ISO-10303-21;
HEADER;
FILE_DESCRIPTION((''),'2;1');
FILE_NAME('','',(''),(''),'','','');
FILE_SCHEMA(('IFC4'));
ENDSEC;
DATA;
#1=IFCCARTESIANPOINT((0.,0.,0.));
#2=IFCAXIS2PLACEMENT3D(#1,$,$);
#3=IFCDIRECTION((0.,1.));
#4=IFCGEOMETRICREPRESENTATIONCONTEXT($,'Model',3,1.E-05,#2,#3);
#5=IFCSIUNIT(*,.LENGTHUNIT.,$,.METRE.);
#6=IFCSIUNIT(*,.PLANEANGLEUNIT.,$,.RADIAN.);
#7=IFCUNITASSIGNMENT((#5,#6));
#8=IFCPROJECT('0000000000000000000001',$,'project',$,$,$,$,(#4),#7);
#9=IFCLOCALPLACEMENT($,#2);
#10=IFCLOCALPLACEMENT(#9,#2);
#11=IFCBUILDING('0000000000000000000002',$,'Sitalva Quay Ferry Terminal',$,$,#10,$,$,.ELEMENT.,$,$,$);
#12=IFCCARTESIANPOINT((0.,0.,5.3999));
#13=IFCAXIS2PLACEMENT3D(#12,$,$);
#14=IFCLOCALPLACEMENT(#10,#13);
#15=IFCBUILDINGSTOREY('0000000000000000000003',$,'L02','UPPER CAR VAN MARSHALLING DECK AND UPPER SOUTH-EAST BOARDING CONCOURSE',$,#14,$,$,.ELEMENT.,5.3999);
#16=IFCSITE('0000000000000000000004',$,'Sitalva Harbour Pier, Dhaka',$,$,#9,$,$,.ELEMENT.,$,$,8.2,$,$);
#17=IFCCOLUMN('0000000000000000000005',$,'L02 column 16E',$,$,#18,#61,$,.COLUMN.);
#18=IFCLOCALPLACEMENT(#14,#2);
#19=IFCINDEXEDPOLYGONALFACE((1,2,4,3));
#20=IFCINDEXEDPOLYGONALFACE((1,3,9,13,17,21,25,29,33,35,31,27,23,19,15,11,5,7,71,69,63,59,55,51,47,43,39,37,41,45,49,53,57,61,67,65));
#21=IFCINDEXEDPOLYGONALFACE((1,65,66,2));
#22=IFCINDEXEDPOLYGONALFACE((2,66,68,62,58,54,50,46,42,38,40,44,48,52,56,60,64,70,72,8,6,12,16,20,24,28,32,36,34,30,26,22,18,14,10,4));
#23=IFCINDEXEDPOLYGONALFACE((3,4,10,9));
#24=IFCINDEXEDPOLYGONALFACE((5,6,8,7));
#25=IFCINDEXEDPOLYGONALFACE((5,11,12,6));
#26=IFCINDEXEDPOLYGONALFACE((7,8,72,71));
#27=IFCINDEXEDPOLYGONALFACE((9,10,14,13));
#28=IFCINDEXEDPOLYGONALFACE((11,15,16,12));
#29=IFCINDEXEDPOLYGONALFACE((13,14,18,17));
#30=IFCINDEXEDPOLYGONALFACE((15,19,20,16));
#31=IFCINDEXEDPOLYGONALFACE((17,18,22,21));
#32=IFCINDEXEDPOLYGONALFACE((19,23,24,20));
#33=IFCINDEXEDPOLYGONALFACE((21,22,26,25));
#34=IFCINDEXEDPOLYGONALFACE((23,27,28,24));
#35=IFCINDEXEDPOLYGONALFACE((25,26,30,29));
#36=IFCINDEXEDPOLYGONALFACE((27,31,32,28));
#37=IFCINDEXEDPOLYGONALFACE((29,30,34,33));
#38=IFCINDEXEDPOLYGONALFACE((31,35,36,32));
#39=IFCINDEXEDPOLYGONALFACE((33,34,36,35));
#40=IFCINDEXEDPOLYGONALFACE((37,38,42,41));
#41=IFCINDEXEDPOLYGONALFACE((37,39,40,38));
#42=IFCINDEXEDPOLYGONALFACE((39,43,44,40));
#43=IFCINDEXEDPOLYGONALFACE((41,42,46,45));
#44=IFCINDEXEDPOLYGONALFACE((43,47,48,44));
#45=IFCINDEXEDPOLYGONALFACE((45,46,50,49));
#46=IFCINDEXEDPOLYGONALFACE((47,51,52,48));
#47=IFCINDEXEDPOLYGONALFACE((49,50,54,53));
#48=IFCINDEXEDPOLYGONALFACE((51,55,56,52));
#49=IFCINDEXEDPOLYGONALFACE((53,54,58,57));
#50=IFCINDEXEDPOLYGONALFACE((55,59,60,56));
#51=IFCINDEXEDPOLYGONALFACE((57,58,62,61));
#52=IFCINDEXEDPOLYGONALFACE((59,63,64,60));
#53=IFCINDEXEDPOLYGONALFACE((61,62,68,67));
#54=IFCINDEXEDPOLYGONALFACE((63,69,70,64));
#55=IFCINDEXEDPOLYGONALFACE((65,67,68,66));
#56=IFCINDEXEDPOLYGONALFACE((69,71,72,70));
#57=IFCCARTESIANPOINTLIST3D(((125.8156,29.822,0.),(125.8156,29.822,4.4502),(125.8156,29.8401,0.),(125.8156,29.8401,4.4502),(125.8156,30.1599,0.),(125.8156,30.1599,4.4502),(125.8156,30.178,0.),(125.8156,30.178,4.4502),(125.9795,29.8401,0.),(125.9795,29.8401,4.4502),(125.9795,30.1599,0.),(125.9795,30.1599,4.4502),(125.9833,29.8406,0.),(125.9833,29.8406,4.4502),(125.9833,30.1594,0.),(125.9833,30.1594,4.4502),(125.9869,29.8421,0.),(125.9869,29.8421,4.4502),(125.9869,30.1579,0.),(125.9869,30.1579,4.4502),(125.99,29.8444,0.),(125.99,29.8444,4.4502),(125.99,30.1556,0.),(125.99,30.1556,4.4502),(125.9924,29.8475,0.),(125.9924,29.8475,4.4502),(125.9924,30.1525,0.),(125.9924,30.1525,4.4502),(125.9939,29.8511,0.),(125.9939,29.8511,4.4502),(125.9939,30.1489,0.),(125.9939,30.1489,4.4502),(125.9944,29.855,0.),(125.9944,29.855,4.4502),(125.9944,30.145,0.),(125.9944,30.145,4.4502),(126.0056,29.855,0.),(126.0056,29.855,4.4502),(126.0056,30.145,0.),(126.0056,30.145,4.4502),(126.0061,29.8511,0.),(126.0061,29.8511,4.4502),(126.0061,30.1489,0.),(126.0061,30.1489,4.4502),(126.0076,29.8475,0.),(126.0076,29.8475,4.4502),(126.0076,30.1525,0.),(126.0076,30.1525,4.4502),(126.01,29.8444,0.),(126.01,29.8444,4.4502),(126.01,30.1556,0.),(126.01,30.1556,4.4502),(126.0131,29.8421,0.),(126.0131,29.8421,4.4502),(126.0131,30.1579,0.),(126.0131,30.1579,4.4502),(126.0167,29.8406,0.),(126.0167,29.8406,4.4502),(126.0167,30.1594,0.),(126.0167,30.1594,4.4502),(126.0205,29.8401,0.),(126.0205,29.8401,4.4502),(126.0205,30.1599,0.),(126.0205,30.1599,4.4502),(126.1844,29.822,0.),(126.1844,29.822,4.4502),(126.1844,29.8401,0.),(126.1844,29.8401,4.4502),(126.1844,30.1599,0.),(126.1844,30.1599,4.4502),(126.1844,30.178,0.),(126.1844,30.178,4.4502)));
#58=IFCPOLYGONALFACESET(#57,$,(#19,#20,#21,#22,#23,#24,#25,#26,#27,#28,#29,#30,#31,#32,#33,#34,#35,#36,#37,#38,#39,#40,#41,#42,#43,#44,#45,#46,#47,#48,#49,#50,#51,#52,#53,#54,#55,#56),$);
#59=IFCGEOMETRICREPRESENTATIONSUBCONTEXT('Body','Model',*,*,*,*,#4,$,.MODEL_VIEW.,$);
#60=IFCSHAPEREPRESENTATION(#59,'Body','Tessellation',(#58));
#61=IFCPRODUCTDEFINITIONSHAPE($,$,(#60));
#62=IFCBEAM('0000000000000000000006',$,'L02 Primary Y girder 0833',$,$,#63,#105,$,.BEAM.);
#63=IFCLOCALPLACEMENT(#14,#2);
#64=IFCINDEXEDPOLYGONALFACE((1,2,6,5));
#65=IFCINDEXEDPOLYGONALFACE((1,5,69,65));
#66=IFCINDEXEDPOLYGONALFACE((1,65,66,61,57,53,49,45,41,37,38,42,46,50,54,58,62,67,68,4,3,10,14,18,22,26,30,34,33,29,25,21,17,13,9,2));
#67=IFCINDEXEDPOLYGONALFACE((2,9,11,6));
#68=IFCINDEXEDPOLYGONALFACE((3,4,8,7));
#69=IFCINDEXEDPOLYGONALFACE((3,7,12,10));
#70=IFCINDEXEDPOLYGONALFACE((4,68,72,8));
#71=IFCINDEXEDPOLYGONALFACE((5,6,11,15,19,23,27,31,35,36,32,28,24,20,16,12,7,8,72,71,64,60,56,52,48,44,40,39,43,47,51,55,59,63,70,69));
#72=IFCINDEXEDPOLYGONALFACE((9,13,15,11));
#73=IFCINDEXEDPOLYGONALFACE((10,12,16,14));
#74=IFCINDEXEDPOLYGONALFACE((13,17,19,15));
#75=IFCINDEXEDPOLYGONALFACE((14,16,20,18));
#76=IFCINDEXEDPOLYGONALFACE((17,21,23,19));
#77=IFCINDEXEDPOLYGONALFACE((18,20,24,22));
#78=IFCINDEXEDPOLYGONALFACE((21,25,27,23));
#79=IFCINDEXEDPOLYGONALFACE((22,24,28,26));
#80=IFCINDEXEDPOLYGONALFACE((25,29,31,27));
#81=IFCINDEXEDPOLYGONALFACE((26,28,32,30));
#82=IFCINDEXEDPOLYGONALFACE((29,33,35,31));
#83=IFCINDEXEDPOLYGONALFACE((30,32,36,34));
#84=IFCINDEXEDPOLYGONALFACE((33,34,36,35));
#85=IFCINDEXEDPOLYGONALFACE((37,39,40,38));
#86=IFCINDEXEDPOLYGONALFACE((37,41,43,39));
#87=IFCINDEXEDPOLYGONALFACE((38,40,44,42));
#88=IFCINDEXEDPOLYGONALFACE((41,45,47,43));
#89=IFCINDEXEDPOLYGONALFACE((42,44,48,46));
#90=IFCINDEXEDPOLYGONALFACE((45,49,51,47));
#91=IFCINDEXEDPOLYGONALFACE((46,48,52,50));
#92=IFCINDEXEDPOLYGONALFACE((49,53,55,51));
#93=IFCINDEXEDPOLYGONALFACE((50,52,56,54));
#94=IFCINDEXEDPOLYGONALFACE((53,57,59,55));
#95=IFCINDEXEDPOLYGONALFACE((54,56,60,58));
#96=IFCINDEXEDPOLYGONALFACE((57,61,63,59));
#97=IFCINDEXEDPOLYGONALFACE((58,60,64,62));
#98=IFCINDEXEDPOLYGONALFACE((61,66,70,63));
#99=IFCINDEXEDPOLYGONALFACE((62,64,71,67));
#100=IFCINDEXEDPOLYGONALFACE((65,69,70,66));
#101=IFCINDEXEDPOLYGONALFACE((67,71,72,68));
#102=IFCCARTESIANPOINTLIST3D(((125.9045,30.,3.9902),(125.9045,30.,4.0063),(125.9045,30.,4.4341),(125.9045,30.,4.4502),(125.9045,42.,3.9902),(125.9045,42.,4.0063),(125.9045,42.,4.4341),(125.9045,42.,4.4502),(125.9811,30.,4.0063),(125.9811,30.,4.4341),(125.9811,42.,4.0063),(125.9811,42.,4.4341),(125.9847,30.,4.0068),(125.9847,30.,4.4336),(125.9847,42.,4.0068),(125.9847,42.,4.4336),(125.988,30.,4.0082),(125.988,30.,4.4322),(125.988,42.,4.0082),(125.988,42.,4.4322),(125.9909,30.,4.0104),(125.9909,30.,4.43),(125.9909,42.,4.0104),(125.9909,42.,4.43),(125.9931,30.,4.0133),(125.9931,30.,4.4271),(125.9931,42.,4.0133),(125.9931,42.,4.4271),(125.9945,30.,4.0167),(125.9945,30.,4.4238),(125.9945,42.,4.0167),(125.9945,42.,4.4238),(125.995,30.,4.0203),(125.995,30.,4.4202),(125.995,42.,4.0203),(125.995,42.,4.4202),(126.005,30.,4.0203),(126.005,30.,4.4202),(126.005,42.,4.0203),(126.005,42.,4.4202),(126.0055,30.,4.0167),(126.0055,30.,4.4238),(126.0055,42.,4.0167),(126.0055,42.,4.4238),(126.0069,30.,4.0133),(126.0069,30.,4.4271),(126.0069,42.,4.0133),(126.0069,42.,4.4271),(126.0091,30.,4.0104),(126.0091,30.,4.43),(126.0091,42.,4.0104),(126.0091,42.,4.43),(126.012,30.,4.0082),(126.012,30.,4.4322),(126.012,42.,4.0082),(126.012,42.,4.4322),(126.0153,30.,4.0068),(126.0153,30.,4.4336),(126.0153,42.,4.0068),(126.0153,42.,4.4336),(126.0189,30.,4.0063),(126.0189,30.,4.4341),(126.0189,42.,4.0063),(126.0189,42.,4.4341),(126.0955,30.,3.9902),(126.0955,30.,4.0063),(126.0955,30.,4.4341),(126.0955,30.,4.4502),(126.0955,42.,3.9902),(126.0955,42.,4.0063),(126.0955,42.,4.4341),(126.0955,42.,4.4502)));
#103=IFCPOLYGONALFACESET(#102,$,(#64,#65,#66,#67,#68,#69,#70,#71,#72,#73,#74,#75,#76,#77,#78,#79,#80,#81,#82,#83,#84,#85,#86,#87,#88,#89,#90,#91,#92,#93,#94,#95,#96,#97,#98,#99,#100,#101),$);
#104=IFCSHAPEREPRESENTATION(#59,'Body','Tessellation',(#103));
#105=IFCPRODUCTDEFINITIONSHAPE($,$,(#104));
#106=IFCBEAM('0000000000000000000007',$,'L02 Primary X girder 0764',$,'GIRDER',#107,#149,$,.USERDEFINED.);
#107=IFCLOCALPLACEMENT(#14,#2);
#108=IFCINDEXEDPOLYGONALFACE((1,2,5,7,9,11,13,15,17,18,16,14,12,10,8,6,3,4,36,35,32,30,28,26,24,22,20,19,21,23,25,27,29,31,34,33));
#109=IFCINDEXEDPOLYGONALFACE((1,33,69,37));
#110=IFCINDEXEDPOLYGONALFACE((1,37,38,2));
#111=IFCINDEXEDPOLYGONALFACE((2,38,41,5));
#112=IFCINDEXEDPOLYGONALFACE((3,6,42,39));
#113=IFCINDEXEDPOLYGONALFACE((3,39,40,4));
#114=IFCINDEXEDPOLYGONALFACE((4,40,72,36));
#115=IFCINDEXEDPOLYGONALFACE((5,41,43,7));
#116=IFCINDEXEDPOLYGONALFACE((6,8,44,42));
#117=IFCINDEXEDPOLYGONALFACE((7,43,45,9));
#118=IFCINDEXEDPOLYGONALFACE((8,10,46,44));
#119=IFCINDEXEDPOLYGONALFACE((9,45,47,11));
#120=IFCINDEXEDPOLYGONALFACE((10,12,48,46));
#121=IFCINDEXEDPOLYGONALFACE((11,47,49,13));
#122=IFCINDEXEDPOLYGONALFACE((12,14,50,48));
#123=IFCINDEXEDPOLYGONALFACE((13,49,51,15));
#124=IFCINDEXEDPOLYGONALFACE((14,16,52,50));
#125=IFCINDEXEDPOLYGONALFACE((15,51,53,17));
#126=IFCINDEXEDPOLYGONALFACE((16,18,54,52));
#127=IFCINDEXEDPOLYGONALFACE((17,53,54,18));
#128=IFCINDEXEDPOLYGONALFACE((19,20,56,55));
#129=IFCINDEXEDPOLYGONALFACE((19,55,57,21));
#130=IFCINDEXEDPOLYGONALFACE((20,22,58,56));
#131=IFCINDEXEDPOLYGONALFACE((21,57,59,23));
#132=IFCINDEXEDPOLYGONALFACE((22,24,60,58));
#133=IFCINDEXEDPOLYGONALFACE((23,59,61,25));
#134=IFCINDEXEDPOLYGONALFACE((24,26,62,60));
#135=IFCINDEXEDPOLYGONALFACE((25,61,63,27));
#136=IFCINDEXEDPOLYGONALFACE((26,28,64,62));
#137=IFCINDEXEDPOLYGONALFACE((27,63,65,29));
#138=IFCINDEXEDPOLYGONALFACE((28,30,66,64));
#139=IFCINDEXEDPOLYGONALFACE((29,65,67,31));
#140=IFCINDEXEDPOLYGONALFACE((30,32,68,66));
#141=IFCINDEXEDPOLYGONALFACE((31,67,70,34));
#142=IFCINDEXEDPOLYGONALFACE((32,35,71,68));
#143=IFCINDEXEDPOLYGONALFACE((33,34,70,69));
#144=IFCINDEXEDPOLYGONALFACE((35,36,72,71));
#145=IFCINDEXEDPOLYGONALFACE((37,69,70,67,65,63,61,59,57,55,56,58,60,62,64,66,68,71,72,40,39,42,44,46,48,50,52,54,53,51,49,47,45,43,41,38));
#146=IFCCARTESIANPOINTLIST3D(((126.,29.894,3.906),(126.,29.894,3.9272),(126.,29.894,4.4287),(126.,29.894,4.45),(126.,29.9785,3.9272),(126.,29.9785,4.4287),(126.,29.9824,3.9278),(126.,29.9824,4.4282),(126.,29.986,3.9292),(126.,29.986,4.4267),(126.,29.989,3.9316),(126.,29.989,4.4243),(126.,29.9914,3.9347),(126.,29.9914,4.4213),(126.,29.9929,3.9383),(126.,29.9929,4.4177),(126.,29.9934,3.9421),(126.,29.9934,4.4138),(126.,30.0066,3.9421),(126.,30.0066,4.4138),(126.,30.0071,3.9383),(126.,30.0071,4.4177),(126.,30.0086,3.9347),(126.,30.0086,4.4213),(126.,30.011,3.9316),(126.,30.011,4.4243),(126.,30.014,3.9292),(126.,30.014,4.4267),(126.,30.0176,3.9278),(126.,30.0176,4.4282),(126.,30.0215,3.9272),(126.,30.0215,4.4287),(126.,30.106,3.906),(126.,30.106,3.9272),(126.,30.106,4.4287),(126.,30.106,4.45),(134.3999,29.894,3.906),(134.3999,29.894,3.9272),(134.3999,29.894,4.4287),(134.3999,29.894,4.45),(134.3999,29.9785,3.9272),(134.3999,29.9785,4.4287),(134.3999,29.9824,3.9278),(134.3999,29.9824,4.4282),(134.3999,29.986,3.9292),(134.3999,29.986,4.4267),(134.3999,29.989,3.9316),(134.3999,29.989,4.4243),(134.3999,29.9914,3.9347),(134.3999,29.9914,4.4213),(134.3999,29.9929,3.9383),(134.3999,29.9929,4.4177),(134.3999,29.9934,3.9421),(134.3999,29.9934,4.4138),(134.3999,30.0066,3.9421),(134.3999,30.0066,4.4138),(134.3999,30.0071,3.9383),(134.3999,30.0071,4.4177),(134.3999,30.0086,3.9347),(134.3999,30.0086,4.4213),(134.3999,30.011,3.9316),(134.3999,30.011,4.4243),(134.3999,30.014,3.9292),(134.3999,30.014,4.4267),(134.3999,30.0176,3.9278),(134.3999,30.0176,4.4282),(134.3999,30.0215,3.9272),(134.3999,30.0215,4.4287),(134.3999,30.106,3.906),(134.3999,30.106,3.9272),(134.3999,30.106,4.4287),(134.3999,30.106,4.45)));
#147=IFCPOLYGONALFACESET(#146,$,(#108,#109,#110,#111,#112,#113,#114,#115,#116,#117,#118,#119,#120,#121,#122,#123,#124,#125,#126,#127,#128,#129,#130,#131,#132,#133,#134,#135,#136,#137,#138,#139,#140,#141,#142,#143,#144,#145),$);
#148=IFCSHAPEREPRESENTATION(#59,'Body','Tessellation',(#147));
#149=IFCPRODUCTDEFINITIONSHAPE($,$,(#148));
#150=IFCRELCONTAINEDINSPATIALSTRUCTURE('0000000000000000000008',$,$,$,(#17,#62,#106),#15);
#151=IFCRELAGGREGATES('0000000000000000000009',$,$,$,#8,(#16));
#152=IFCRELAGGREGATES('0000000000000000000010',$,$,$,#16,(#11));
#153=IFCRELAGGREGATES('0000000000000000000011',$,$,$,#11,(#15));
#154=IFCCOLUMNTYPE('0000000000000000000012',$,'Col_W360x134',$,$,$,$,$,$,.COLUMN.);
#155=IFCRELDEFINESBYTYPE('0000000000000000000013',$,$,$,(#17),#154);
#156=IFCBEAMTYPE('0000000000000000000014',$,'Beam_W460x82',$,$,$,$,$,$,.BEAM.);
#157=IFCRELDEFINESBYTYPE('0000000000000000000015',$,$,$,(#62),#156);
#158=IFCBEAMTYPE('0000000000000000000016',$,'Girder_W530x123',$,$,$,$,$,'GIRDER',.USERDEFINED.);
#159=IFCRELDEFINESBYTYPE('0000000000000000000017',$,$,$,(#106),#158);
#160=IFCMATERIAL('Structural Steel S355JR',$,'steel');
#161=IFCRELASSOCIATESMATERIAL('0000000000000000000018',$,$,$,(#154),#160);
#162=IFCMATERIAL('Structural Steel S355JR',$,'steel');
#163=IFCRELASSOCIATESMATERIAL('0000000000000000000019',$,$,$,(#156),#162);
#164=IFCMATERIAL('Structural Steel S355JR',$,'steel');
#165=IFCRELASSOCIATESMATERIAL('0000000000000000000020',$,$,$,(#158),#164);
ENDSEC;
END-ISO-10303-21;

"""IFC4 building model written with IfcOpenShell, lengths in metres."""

from ifc_helpers import new_model, si_unit, direction, frame, origin, origin_2d, place, context, subcontext, project, spatial, i_section, extrude, material, material_profile, profile_set, type_object, element, save


model = new_model("IFC4")

# Units and contexts
model_context = context("Model", 3, precision=1e-05, world=origin(), true_north=direction((0.0, 1.0)))
body_context = subcontext(model_context, "Body", "Model", "MODEL_VIEW")
ifc_project = project(units=[si_unit("LENGTHUNIT", "METRE"), si_unit("PLANEANGLEUNIT", "RADIAN")], contexts=[model_context])

# Site, building, storey
site_placement = place(None, origin())
site = spatial("IfcSite", under=ifc_project, at=site_placement, Name="Sitalva Harbour Pier, Dhaka", CompositionType="ELEMENT", RefElevation=8.2)
building_placement = place(site_placement, origin())
building = spatial("IfcBuilding", under=site, at=building_placement, Name="Sitalva Quay Ferry Terminal", CompositionType="ELEMENT")
storey_placement = place(building_placement, frame((0.0, 0.0, 5.3999)))
storey = spatial("IfcBuildingStorey", under=building, at=storey_placement, Name="L02", Description="UPPER CAR VAN MARSHALLING DECK AND UPPER SOUTH-EAST BOARDING CONCOURSE", CompositionType="ELEMENT", Elevation=5.3999)

# Column
ifc_material_1 = material(Name="Structural Steel S355JR", Category="steel")
ifc_material_profile_1 = material_profile(ifc_material_1, i_section(OverallWidth=0.3689, OverallDepth=0.356, WebThickness=0.0112, FlangeThickness=0.0181, FilletRadius=0.0149, at=origin_2d()), Name="W360x134")
ifc_profile_set_1 = profile_set([ifc_material_profile_1], Name="Structural Steel S355JR")
column_type = type_object("IfcColumnType", Name="Col_W360x134", PredefinedType="COLUMN", material=ifc_profile_set_1)
column_placement = place(storey_placement, frame((126.0, 30.0, 0.0), z_axis=(0.0, 0.0, 1.0), x_axis=(1.0, 0.0, 0.0)))
element("IfcColumn", 1, at=column_placement, inside=storey, type_object=column_type, Name="L02 column 16E", PredefinedType="COLUMN", context=body_context, shape_type="SweptSolid", body=[
    extrude(i_section(OverallWidth=0.3689, OverallDepth=0.356, WebThickness=0.0112, FlangeThickness=0.0181, FilletRadius=0.0149, at=origin_2d()), origin(), (0.0, 0.0, 1.0), 4.4502),
])

# Beams
ifc_material_2 = material(Name="Structural Steel S355JR", Category="steel")
ifc_material_profile_2 = material_profile(ifc_material_2, i_section(OverallWidth=0.1909, OverallDepth=0.46, WebThickness=0.01, FlangeThickness=0.0161, FilletRadius=0.0139, at=origin_2d()), Name="W460x82")
ifc_profile_set_2 = profile_set([ifc_material_profile_2], Name="Structural Steel S355JR")
beam_type_1 = type_object("IfcBeamType", Name="Beam_W460x82", PredefinedType="BEAM", material=ifc_profile_set_2)
beam_1_placement = place(storey_placement, frame((126.0, 30.0, 4.2202), z_axis=(0.0, 1.0, 0.0), x_axis=(-1.0, 0.0, 0.0)))
element("IfcBeam", 2, at=beam_1_placement, inside=storey, type_object=beam_type_1, Name="L02 Primary Y girder 0833", PredefinedType="BEAM", context=body_context, shape_type="SweptSolid", body=[
    extrude(i_section(OverallWidth=0.1909, OverallDepth=0.46, WebThickness=0.01, FlangeThickness=0.0161, FilletRadius=0.0139, at=origin_2d()), origin(), (0.0, 0.0, 1.0), 12.0),
])
ifc_material_3 = material(Name="Structural Steel S355JR", Category="steel")
ifc_material_profile_3 = material_profile(ifc_material_3, i_section(OverallWidth=0.2119, OverallDepth=0.5439, WebThickness=0.0132, FlangeThickness=0.0212, FilletRadius=0.0149, at=origin_2d()), Name="W530x123")
ifc_profile_set_3 = profile_set([ifc_material_profile_3], Name="Structural Steel S355JR")
beam_type_2 = type_object("IfcBeamType", Name="Girder_W530x123", ElementType="GIRDER", PredefinedType="USERDEFINED", material=ifc_profile_set_3)
beam_2_placement = place(storey_placement, frame((126.0, 30.0, 4.178), z_axis=(1.0, 0.0, 0.0), x_axis=(0.0, 1.0, 0.0)))
element("IfcBeam", 3, at=beam_2_placement, inside=storey, type_object=beam_type_2, Name="L02 Primary X girder 0764", ObjectType="GIRDER", PredefinedType="USERDEFINED", context=body_context, shape_type="SweptSolid", body=[
    extrude(i_section(OverallWidth=0.2119, OverallDepth=0.5439, WebThickness=0.0132, FlangeThickness=0.0212, FilletRadius=0.0149, at=origin_2d()), origin(), (0.0, 0.0, 1.0), 8.3999),
])

save(model, "model.ifc")
